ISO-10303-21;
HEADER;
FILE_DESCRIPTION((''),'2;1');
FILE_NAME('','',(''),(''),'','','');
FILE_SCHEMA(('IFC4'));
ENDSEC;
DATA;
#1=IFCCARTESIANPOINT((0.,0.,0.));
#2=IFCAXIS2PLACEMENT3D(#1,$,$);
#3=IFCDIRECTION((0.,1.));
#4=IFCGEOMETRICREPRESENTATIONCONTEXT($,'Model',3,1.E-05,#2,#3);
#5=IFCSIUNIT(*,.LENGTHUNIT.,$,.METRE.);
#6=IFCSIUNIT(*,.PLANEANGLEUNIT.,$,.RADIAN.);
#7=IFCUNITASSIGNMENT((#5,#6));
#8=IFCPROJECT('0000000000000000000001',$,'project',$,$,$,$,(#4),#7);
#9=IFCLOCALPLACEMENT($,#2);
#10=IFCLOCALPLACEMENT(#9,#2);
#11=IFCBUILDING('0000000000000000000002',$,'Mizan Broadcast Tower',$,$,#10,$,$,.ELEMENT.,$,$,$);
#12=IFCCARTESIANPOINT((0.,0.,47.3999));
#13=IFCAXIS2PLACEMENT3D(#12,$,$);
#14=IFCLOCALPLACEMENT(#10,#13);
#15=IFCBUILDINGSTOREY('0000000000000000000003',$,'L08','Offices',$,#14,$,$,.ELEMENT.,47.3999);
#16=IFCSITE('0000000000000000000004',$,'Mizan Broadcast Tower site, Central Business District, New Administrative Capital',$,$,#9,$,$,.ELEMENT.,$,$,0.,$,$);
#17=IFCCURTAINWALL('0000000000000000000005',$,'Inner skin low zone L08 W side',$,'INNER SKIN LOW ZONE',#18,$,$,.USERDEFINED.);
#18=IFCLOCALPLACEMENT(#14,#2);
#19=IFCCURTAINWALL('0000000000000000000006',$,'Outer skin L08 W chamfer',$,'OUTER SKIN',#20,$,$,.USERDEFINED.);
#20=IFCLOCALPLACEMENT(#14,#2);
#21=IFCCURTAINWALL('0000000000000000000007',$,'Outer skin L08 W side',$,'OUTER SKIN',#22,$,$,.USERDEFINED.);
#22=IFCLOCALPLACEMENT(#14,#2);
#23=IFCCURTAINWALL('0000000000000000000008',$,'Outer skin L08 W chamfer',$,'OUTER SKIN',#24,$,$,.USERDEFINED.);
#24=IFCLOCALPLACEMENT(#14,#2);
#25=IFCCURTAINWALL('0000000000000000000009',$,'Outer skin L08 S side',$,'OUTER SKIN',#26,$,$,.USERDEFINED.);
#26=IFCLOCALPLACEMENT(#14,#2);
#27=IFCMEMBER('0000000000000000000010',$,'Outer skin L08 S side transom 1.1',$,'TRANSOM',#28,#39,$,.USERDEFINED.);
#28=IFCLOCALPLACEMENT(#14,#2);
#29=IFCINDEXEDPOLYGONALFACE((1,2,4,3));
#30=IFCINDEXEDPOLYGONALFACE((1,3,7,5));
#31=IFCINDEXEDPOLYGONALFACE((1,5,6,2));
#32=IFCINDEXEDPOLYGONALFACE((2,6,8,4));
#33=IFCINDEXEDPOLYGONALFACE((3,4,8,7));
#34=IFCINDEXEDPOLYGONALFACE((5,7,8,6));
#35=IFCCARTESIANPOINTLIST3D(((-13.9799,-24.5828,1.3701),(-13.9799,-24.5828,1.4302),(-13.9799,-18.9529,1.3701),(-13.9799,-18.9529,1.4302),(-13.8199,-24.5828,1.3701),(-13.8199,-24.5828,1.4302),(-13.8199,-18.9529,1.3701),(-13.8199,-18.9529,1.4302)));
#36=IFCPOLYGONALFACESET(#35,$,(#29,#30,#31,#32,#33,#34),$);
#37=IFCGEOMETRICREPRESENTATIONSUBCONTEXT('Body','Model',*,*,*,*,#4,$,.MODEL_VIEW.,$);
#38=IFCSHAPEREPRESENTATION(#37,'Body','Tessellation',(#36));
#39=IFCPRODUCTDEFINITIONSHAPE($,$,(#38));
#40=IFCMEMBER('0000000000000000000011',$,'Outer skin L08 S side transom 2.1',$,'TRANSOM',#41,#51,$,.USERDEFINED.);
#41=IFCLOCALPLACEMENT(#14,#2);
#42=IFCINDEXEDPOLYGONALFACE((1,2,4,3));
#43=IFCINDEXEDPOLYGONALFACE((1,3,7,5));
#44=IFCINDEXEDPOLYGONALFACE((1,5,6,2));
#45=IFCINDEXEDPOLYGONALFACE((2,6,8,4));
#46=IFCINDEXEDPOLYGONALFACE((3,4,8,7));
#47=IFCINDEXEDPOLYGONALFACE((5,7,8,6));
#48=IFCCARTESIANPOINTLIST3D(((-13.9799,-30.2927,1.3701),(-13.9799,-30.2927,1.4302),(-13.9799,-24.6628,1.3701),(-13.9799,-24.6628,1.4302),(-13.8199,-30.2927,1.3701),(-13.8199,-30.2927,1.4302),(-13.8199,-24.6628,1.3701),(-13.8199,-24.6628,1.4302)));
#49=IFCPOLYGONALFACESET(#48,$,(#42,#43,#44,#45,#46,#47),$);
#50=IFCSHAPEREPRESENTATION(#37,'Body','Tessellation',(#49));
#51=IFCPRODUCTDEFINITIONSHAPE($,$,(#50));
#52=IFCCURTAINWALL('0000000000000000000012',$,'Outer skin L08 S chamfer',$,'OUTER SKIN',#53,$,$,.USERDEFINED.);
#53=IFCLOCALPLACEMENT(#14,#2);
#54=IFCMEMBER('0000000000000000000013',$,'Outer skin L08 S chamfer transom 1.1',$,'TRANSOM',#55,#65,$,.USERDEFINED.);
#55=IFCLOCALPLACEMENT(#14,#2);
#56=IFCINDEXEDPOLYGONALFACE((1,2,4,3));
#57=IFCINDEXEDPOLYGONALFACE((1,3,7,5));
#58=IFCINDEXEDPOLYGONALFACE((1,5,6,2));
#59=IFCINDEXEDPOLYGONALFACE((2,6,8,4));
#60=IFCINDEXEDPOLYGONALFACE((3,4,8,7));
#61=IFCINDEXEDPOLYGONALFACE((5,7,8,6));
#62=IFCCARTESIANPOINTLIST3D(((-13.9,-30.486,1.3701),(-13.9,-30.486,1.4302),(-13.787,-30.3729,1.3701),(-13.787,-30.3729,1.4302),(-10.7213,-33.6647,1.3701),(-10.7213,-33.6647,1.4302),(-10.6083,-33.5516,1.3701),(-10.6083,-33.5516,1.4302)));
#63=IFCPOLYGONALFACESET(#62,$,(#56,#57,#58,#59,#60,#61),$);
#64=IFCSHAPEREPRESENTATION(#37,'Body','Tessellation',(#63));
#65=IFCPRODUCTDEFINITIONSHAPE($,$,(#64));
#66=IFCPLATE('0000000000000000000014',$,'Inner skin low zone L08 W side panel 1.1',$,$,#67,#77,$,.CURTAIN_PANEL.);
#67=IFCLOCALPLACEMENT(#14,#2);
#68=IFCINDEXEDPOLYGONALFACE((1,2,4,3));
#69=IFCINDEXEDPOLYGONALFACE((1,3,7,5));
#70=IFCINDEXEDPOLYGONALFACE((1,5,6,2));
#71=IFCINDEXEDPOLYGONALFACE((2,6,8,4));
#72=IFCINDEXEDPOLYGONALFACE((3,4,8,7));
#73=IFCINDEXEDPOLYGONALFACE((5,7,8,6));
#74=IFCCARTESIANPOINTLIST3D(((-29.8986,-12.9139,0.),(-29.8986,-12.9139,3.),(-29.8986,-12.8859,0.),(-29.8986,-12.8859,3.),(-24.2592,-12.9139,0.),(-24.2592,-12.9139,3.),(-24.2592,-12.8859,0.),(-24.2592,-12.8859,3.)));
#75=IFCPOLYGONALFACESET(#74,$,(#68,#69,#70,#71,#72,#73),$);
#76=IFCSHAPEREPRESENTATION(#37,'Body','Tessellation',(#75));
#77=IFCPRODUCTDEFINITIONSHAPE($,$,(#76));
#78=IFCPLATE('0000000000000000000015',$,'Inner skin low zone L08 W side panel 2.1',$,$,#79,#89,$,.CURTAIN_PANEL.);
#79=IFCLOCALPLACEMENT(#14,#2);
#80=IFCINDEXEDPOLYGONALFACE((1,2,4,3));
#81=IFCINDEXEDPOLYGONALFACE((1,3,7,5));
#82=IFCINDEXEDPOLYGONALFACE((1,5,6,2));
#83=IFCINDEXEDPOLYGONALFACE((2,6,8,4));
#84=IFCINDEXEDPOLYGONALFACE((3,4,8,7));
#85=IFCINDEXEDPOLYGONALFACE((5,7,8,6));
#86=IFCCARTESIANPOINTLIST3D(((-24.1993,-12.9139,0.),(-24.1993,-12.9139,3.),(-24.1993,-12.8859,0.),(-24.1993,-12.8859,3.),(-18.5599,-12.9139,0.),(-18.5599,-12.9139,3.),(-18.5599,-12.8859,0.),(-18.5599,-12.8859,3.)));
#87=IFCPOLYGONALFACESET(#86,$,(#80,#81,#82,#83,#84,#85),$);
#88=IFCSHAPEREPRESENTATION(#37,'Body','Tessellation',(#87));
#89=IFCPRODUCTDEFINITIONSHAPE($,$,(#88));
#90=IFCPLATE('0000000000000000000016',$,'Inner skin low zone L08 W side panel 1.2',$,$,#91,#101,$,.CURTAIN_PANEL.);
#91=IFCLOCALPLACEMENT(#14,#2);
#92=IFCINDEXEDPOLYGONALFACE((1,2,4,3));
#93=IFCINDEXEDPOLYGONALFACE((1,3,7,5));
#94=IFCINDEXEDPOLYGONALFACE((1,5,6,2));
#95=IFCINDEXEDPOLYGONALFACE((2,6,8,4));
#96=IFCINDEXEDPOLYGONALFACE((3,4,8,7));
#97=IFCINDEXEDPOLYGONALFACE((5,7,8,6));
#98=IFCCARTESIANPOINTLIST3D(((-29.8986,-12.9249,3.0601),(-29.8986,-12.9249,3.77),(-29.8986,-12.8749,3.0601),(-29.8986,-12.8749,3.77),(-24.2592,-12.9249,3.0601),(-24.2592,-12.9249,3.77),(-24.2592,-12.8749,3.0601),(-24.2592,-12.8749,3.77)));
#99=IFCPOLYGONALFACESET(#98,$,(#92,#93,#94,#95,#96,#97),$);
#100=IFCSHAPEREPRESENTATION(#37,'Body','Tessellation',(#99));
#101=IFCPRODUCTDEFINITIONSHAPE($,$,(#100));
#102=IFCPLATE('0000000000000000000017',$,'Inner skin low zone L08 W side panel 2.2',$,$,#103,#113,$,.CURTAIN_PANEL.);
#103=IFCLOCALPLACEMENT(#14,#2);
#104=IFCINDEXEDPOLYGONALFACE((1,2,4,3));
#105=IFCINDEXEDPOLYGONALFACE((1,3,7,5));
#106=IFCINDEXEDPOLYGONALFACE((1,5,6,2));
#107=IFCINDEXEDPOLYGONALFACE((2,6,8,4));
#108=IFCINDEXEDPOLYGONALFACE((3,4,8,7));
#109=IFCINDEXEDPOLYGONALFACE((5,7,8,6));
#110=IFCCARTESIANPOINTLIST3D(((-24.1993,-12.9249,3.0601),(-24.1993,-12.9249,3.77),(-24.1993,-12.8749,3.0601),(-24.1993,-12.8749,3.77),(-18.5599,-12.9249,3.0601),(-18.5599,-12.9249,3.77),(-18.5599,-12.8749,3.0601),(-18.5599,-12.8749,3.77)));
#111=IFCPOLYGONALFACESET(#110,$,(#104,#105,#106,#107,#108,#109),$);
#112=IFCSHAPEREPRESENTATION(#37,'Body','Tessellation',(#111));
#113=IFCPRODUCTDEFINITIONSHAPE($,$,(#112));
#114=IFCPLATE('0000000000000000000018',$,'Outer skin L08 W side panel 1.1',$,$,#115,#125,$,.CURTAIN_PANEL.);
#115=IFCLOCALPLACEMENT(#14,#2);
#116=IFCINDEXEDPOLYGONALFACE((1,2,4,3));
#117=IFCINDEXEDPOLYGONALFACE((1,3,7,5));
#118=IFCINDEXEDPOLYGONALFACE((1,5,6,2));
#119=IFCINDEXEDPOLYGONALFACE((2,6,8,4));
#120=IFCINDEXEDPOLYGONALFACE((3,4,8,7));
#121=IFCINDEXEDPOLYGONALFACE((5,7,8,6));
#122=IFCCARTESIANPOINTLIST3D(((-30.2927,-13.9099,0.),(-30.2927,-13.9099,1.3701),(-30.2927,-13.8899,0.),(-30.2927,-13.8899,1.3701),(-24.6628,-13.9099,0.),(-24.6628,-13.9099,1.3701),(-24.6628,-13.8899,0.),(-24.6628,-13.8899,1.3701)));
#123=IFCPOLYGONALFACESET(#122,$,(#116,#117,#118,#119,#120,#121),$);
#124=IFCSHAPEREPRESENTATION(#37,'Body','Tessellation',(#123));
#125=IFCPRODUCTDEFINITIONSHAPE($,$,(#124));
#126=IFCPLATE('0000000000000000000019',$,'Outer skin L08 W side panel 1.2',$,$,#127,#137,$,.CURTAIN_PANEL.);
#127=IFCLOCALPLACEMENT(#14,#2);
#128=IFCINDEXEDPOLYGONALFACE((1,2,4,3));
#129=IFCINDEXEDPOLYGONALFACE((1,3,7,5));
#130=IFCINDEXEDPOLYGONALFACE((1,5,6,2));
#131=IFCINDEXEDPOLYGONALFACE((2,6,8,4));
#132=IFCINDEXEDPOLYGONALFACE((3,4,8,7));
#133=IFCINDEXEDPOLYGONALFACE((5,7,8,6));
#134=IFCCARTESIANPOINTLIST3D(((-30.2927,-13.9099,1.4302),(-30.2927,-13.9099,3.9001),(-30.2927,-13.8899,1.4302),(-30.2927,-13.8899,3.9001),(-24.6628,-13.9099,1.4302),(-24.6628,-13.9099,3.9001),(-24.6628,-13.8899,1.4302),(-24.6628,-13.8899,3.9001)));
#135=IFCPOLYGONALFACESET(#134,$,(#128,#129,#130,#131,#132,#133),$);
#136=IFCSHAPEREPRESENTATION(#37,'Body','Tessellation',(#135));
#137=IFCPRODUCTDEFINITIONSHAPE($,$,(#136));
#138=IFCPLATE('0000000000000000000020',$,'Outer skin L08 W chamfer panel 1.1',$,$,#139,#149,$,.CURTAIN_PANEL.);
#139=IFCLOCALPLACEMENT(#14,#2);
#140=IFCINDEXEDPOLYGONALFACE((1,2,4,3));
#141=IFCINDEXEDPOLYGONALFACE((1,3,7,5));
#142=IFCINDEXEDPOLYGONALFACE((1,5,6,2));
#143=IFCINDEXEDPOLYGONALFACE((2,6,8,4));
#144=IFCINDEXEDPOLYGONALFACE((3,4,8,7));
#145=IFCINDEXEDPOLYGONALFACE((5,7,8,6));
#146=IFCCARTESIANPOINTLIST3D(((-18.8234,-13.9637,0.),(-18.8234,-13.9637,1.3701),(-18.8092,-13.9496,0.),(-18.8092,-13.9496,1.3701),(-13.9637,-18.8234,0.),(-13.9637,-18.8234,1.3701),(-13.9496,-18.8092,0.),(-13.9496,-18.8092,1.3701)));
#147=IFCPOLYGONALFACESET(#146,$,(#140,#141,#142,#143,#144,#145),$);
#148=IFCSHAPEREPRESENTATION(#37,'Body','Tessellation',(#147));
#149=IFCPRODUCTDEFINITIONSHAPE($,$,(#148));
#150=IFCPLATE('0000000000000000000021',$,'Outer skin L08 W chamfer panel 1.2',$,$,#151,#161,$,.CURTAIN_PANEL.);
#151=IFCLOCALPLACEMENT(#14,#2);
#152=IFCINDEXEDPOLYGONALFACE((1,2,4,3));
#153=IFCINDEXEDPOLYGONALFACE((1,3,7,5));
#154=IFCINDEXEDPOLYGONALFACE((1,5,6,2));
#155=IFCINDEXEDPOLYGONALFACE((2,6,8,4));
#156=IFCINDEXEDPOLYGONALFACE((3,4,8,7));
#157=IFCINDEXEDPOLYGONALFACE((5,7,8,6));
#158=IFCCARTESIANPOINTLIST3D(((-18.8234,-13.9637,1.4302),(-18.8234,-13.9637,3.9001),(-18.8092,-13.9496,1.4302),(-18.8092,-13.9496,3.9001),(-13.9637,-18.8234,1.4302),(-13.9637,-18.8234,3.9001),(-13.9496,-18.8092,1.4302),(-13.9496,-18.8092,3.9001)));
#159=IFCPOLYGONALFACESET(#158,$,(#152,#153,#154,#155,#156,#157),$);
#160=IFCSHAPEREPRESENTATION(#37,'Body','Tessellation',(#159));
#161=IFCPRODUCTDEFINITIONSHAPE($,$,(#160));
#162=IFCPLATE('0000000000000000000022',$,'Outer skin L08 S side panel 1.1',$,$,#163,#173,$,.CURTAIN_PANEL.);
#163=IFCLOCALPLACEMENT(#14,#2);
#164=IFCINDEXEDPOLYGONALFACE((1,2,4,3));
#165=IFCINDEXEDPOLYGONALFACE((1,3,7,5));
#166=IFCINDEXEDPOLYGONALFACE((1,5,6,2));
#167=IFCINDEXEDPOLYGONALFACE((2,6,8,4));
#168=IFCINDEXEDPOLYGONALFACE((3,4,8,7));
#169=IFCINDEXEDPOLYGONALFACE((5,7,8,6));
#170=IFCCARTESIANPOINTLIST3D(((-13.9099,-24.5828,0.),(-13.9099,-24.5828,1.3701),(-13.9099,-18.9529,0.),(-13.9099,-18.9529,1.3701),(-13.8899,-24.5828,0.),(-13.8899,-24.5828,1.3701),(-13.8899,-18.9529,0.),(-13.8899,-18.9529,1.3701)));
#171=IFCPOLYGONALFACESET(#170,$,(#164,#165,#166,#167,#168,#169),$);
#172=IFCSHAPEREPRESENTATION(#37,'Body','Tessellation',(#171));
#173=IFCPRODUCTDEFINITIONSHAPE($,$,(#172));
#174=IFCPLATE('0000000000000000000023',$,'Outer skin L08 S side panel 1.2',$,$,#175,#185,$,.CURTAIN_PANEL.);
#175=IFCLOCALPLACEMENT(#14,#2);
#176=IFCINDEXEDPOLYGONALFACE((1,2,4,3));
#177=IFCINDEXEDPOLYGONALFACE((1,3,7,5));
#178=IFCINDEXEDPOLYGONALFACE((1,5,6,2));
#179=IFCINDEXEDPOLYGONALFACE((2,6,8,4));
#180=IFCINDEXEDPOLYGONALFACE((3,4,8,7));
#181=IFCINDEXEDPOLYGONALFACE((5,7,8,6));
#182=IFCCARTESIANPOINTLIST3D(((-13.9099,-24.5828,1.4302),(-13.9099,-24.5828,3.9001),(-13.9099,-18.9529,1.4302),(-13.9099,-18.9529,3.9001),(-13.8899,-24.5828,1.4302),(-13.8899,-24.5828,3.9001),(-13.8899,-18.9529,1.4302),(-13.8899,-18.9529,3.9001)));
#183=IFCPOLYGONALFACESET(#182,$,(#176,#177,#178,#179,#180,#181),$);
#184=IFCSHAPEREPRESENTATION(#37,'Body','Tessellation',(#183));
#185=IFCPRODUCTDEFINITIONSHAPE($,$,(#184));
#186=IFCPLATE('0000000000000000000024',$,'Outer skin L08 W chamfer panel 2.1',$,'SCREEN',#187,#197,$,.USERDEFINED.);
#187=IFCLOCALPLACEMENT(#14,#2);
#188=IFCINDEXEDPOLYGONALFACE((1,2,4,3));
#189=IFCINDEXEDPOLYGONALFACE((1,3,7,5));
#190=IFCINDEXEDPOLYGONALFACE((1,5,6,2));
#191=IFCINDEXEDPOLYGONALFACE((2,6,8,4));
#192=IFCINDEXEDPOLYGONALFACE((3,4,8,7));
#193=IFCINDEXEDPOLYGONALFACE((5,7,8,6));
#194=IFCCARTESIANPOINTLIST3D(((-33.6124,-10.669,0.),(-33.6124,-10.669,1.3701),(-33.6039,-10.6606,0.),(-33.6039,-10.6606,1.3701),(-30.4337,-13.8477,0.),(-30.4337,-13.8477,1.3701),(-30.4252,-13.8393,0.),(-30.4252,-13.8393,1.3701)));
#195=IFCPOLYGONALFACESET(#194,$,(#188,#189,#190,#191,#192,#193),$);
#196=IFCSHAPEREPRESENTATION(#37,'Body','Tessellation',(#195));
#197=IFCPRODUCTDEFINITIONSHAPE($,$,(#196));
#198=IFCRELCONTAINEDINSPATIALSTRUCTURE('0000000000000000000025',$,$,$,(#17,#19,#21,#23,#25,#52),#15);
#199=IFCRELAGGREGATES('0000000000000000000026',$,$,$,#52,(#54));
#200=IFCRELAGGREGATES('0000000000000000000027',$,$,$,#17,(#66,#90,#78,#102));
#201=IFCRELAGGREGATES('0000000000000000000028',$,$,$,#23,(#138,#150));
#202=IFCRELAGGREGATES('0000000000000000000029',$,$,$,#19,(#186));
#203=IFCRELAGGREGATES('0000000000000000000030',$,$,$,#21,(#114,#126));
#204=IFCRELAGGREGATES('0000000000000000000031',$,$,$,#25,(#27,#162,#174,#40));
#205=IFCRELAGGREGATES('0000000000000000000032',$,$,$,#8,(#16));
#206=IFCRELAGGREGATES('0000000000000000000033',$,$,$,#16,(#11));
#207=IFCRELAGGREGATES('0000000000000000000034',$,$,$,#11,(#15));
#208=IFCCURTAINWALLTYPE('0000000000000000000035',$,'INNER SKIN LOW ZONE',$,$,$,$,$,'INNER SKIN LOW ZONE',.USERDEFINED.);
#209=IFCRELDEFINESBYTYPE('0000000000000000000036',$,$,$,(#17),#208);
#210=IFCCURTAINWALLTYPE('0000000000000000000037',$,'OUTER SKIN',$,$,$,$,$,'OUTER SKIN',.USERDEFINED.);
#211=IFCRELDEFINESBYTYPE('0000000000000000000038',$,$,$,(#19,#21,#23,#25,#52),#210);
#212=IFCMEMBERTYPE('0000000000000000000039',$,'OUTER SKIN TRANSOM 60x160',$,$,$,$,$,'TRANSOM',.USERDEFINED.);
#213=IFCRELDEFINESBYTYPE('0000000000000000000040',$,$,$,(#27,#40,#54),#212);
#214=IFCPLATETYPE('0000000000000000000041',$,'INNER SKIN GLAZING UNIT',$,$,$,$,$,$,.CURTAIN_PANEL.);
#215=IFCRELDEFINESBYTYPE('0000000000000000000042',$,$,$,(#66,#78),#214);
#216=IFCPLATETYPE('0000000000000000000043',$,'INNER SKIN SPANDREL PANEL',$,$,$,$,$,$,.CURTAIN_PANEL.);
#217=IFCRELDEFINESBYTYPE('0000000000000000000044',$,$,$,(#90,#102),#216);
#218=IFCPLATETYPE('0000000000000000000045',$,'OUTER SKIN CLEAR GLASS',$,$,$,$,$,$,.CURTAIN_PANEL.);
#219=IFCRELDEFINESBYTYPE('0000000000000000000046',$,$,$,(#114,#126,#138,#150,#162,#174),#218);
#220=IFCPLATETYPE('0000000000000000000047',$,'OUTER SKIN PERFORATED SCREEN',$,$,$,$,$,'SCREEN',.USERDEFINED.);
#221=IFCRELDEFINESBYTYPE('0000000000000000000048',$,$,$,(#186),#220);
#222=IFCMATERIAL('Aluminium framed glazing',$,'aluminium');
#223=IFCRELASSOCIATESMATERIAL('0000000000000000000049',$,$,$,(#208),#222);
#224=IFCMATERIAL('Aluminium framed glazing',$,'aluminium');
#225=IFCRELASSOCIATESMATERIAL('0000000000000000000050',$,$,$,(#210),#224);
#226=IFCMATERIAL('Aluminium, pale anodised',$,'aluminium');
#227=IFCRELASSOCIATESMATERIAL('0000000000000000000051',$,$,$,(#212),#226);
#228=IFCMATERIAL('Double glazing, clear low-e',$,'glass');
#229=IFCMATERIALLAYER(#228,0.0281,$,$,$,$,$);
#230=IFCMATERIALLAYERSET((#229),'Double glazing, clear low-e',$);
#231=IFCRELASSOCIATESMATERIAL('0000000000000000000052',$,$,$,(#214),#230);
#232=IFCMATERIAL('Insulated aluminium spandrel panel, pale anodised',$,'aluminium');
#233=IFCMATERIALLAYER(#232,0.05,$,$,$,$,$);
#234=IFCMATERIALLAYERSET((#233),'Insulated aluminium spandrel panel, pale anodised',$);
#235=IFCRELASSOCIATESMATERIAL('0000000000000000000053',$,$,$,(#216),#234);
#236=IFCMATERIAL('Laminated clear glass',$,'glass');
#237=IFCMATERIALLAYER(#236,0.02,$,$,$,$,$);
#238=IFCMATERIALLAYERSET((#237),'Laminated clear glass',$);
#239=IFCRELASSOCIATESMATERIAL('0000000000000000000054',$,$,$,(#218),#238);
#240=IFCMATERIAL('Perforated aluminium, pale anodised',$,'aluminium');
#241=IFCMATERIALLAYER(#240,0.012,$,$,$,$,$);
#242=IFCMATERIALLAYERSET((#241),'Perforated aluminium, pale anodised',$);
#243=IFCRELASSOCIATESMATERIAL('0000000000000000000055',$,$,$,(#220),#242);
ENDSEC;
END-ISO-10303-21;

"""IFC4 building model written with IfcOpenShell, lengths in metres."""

from ifc_helpers import new_model, si_unit, direction, frame, origin, origin_2d, place, context, subcontext, project, spatial, rectangle, extrude, material, layer, layer_set, material_profile, profile_set, type_object, element, aggregate, save


model = new_model("IFC4")

# Units and contexts
model_context = context("Model", 3, precision=1e-05, world=origin(), true_north=direction((0.0, 1.0)))
body_context = subcontext(model_context, "Body", "Model", "MODEL_VIEW")
ifc_project = project(units=[si_unit("LENGTHUNIT", "METRE"), si_unit("PLANEANGLEUNIT", "RADIAN")], contexts=[model_context])

# Site, building, storey
site_placement = place(None, origin())
site = spatial("IfcSite", under=ifc_project, at=site_placement, Name="Mizan Broadcast Tower site, Central Business District, New Administrative Capital", CompositionType="ELEMENT", RefElevation=0.0)
building_placement = place(site_placement, origin())
building = spatial("IfcBuilding", under=site, at=building_placement, Name="Mizan Broadcast Tower", CompositionType="ELEMENT")
storey_placement = place(building_placement, frame((0.0, 0.0, 47.3999)))
storey = spatial("IfcBuildingStorey", under=building, at=storey_placement, Name="L08", Description="Offices", CompositionType="ELEMENT", Elevation=47.3999)

# Shared definitions
ifc_material_1 = material(Name="Aluminium framed glazing", Category="aluminium")
curtain_wall_type_1 = type_object("IfcCurtainWallType", Name="INNER SKIN LOW ZONE", ElementType="INNER SKIN LOW ZONE", PredefinedType="USERDEFINED", material=ifc_material_1)

# Curtain wall
curtain_wall_1_placement = place(storey_placement, origin())
curtain_wall_1 = element("IfcCurtainWall", 1, at=curtain_wall_1_placement, inside=storey, type_object=curtain_wall_type_1, Name="Inner skin low zone L08 W side", ObjectType="INNER SKIN LOW ZONE", PredefinedType="USERDEFINED")

# Curtain wall
ifc_material_2 = material(Name="Aluminium framed glazing", Category="aluminium")
curtain_wall_type_2 = type_object("IfcCurtainWallType", Name="OUTER SKIN", ElementType="OUTER SKIN", PredefinedType="USERDEFINED", material=ifc_material_2)
curtain_wall_2_placement = place(storey_placement, origin())
curtain_wall_2 = element("IfcCurtainWall", 2, at=curtain_wall_2_placement, inside=storey, type_object=curtain_wall_type_2, Name="Outer skin L08 W chamfer", ObjectType="OUTER SKIN", PredefinedType="USERDEFINED")

# Curtain wall
curtain_wall_3_placement = place(storey_placement, origin())
curtain_wall_3 = element("IfcCurtainWall", 3, at=curtain_wall_3_placement, inside=storey, type_object=curtain_wall_type_2, Name="Outer skin L08 W side", ObjectType="OUTER SKIN", PredefinedType="USERDEFINED")

# Curtain wall
curtain_wall_4_placement = place(storey_placement, origin())
curtain_wall_4 = element("IfcCurtainWall", 4, at=curtain_wall_4_placement, inside=storey, type_object=curtain_wall_type_2, Name="Outer skin L08 W chamfer", ObjectType="OUTER SKIN", PredefinedType="USERDEFINED")

# Curtain wall
curtain_wall_5_placement = place(storey_placement, origin())
curtain_wall_5 = element("IfcCurtainWall", 5, at=curtain_wall_5_placement, inside=storey, type_object=curtain_wall_type_2, Name="Outer skin L08 S side", ObjectType="OUTER SKIN", PredefinedType="USERDEFINED")

# Members
ifc_material_3 = material(Name="Aluminium, pale anodised", Category="aluminium")
ifc_material_profile_1 = material_profile(ifc_material_3, rectangle(XDim=0.1599, YDim=0.0601, at=origin_2d()), Name="TRANSOM 160x60")
ifc_profile_set_1 = profile_set([ifc_material_profile_1], Name="Aluminium, pale anodised")
member_type_1 = type_object("IfcMemberType", Name="OUTER SKIN TRANSOM 60x160", ElementType="TRANSOM", PredefinedType="USERDEFINED", material=ifc_profile_set_1)
member_1_placement = place(storey_placement, frame((-13.8999, -18.9529, 1.4001), z_axis=(0.0, -1.0, 0.0), x_axis=(1.0, 0.0, 0.0)))
member_1 = element("IfcMember", 6, at=member_1_placement, type_object=member_type_1, Name="Outer skin L08 S side transom 1.1", ObjectType="TRANSOM", PredefinedType="USERDEFINED", context=body_context, shape_type="SweptSolid", body=[
    extrude(rectangle(XDim=0.1599, YDim=0.0601, at=origin_2d()), origin(), (0.0, 0.0, 1.0), 5.6299),
])
member_2_placement = place(storey_placement, frame((-13.8999, -24.6628, 1.4001), z_axis=(0.0, -1.0, 0.0), x_axis=(1.0, 0.0, 0.0)))
member_2 = element("IfcMember", 7, at=member_2_placement, type_object=member_type_1, Name="Outer skin L08 S side transom 2.1", ObjectType="TRANSOM", PredefinedType="USERDEFINED", context=body_context, shape_type="SweptSolid", body=[
    extrude(rectangle(XDim=0.1599, YDim=0.0601, at=origin_2d()), origin(), (0.0, 0.0, 1.0), 5.6299),
])

# Curtain wall, member
curtain_wall_6_placement = place(storey_placement, origin())
curtain_wall_6 = element("IfcCurtainWall", 8, at=curtain_wall_6_placement, inside=storey, type_object=curtain_wall_type_2, Name="Outer skin L08 S chamfer", ObjectType="OUTER SKIN", PredefinedType="USERDEFINED")
member_3_placement = place(storey_placement, frame((-13.8435, -30.4294, 1.4001), z_axis=(0.707107, -0.707107, 0.0), x_axis=(0.707107, 0.707107, 0.0)))
member_3 = element("IfcMember", 9, at=member_3_placement, type_object=member_type_1, Name="Outer skin L08 S chamfer transom 1.1", ObjectType="TRANSOM", PredefinedType="USERDEFINED", context=body_context, shape_type="SweptSolid", body=[
    extrude(rectangle(XDim=0.1599, YDim=0.0601, at=origin_2d()), origin(), (0.0, 0.0, 1.0), 4.4954),
])
aggregate(curtain_wall_6, [member_3])

# Plates
ifc_material_4 = material(Name="Double glazing, clear low-e", Category="glass")
ifc_layer_1 = layer(ifc_material_4, 0.0281)
ifc_layer_set_1 = layer_set([ifc_layer_1], Name="Double glazing, clear low-e")
plate_type_1 = type_object("IfcPlateType", Name="INNER SKIN GLAZING UNIT", PredefinedType="CURTAIN_PANEL", material=ifc_layer_set_1)
plate_1_placement = place(storey_placement, frame((-27.0789, -12.8999, 0.0), z_axis=(0.0, 0.0, 1.0), x_axis=(1.0, 0.0, 0.0)))
plate_1 = element("IfcPlate", 10, at=plate_1_placement, type_object=plate_type_1, Name="Inner skin low zone L08 W side panel 1.1", PredefinedType="CURTAIN_PANEL", context=body_context, shape_type="SweptSolid", body=[
    extrude(rectangle(XDim=5.6394, YDim=0.0281, at=origin_2d()), origin(), (0.0, 0.0, 1.0), 3.0),
])
plate_2_placement = place(storey_placement, frame((-21.3796, -12.8999, 0.0), z_axis=(0.0, 0.0, 1.0), x_axis=(1.0, 0.0, 0.0)))
plate_2 = element("IfcPlate", 11, at=plate_2_placement, type_object=plate_type_1, Name="Inner skin low zone L08 W side panel 2.1", PredefinedType="CURTAIN_PANEL", context=body_context, shape_type="SweptSolid", body=[
    extrude(rectangle(XDim=5.6394, YDim=0.0281, at=origin_2d()), origin(), (0.0, 0.0, 1.0), 3.0),
])
ifc_material_5 = material(Name="Insulated aluminium spandrel panel, pale anodised", Category="aluminium")
ifc_layer_2 = layer(ifc_material_5, 0.05)
ifc_layer_set_2 = layer_set([ifc_layer_2], Name="Insulated aluminium spandrel panel, pale anodised")
plate_type_2 = type_object("IfcPlateType", Name="INNER SKIN SPANDREL PANEL", PredefinedType="CURTAIN_PANEL", material=ifc_layer_set_2)
plate_3_placement = place(storey_placement, frame((-27.0789, -12.8999, 3.0601), z_axis=(0.0, 0.0, 1.0), x_axis=(1.0, 0.0, 0.0)))
plate_3 = element("IfcPlate", 12, at=plate_3_placement, type_object=plate_type_2, Name="Inner skin low zone L08 W side panel 1.2", PredefinedType="CURTAIN_PANEL", context=body_context, shape_type="SweptSolid", body=[
    extrude(rectangle(XDim=5.6394, YDim=0.05, at=origin_2d()), origin(), (0.0, 0.0, 1.0), 0.71),
])
plate_4_placement = place(storey_placement, frame((-21.3796, -12.8999, 3.0601), z_axis=(0.0, 0.0, 1.0), x_axis=(1.0, 0.0, 0.0)))
plate_4 = element("IfcPlate", 13, at=plate_4_placement, type_object=plate_type_2, Name="Inner skin low zone L08 W side panel 2.2", PredefinedType="CURTAIN_PANEL", context=body_context, shape_type="SweptSolid", body=[
    extrude(rectangle(XDim=5.6394, YDim=0.05, at=origin_2d()), origin(), (0.0, 0.0, 1.0), 0.71),
])
aggregate(curtain_wall_1, [plate_1, plate_3, plate_2, plate_4])
ifc_material_6 = material(Name="Laminated clear glass", Category="glass")
ifc_layer_3 = layer(ifc_material_6, 0.02)
ifc_layer_set_3 = layer_set([ifc_layer_3], Name="Laminated clear glass")
plate_type_3 = type_object("IfcPlateType", Name="OUTER SKIN CLEAR GLASS", PredefinedType="CURTAIN_PANEL", material=ifc_layer_set_3)
plate_5_placement = place(storey_placement, frame((-27.4778, -13.8999, 0.0), z_axis=(0.0, 0.0, 1.0), x_axis=(1.0, 0.0, 0.0)))
plate_5 = element("IfcPlate", 14, at=plate_5_placement, type_object=plate_type_3, Name="Outer skin L08 W side panel 1.1", PredefinedType="CURTAIN_PANEL", context=body_context, shape_type="SweptSolid", body=[
    extrude(rectangle(XDim=5.6299, YDim=0.02, at=origin_2d()), origin(), (0.0, 0.0, 1.0), 1.3701),
])
plate_6_placement = place(storey_placement, frame((-27.4778, -13.8999, 1.4302), z_axis=(0.0, 0.0, 1.0), x_axis=(1.0, 0.0, 0.0)))
plate_6 = element("IfcPlate", 15, at=plate_6_placement, type_object=plate_type_3, Name="Outer skin L08 W side panel 1.2", PredefinedType="CURTAIN_PANEL", context=body_context, shape_type="SweptSolid", body=[
    extrude(rectangle(XDim=5.6299, YDim=0.02, at=origin_2d()), origin(), (0.0, 0.0, 1.0), 2.47),
])
plate_7_placement = place(storey_placement, frame((-16.3865, -16.3865, 0.0), z_axis=(0.0, 0.0, 1.0), x_axis=(0.707107, -0.707107, 0.0)))
plate_7 = element("IfcPlate", 16, at=plate_7_placement, type_object=plate_type_3, Name="Outer skin L08 W chamfer panel 1.1", PredefinedType="CURTAIN_PANEL", context=body_context, shape_type="SweptSolid", body=[
    extrude(rectangle(XDim=6.8726, YDim=0.02, at=origin_2d()), origin(), (0.0, 0.0, 1.0), 1.3701),
])
plate_8_placement = place(storey_placement, frame((-16.3865, -16.3865, 1.4302), z_axis=(0.0, 0.0, 1.0), x_axis=(0.707107, -0.707107, 0.0)))
plate_8 = element("IfcPlate", 17, at=plate_8_placement, type_object=plate_type_3, Name="Outer skin L08 W chamfer panel 1.2", PredefinedType="CURTAIN_PANEL", context=body_context, shape_type="SweptSolid", body=[
    extrude(rectangle(XDim=6.8726, YDim=0.02, at=origin_2d()), origin(), (0.0, 0.0, 1.0), 2.47),
])
aggregate(curtain_wall_4, [plate_7, plate_8])
plate_9_placement = place(storey_placement, frame((-13.8999, -21.7678, 0.0), z_axis=(0.0, 0.0, 1.0), x_axis=(0.0, -1.0, 0.0)))
plate_9 = element("IfcPlate", 18, at=plate_9_placement, type_object=plate_type_3, Name="Outer skin L08 S side panel 1.1", PredefinedType="CURTAIN_PANEL", context=body_context, shape_type="SweptSolid", body=[
    extrude(rectangle(XDim=5.6299, YDim=0.02, at=origin_2d()), origin(), (0.0, 0.0, 1.0), 1.3701),
])
plate_10_placement = place(storey_placement, frame((-13.8999, -21.7678, 1.4302), z_axis=(0.0, 0.0, 1.0), x_axis=(0.0, -1.0, 0.0)))
plate_10 = element("IfcPlate", 19, at=plate_10_placement, type_object=plate_type_3, Name="Outer skin L08 S side panel 1.2", PredefinedType="CURTAIN_PANEL", context=body_context, shape_type="SweptSolid", body=[
    extrude(rectangle(XDim=5.6299, YDim=0.02, at=origin_2d()), origin(), (0.0, 0.0, 1.0), 2.47),
])
ifc_material_7 = material(Name="Perforated aluminium, pale anodised", Category="aluminium")
ifc_layer_4 = layer(ifc_material_7, 0.012)
ifc_layer_set_4 = layer_set([ifc_layer_4], Name="Perforated aluminium, pale anodised")
plate_type_4 = type_object("IfcPlateType", Name="OUTER SKIN PERFORATED SCREEN", ElementType="SCREEN", PredefinedType="USERDEFINED", material=ifc_layer_set_4)
plate_11_placement = place(storey_placement, frame((-32.0188, -12.2542, 0.0), z_axis=(0.0, 0.0, 1.0), x_axis=(0.707107, -0.707107, 0.0)))
plate_11 = element("IfcPlate", 20, at=plate_11_placement, type_object=plate_type_4, Name="Outer skin L08 W chamfer panel 2.1", ObjectType="SCREEN", PredefinedType="USERDEFINED", context=body_context, shape_type="SweptSolid", body=[
    extrude(rectangle(XDim=4.4954, YDim=0.012, at=origin_2d()), origin(), (0.0, 0.0, 1.0), 1.3701),
])
aggregate(curtain_wall_2, [plate_11])
aggregate(curtain_wall_3, [plate_5, plate_6])
aggregate(curtain_wall_5, [member_1, plate_9, plate_10, member_2])

save(model, "model.ifc")
